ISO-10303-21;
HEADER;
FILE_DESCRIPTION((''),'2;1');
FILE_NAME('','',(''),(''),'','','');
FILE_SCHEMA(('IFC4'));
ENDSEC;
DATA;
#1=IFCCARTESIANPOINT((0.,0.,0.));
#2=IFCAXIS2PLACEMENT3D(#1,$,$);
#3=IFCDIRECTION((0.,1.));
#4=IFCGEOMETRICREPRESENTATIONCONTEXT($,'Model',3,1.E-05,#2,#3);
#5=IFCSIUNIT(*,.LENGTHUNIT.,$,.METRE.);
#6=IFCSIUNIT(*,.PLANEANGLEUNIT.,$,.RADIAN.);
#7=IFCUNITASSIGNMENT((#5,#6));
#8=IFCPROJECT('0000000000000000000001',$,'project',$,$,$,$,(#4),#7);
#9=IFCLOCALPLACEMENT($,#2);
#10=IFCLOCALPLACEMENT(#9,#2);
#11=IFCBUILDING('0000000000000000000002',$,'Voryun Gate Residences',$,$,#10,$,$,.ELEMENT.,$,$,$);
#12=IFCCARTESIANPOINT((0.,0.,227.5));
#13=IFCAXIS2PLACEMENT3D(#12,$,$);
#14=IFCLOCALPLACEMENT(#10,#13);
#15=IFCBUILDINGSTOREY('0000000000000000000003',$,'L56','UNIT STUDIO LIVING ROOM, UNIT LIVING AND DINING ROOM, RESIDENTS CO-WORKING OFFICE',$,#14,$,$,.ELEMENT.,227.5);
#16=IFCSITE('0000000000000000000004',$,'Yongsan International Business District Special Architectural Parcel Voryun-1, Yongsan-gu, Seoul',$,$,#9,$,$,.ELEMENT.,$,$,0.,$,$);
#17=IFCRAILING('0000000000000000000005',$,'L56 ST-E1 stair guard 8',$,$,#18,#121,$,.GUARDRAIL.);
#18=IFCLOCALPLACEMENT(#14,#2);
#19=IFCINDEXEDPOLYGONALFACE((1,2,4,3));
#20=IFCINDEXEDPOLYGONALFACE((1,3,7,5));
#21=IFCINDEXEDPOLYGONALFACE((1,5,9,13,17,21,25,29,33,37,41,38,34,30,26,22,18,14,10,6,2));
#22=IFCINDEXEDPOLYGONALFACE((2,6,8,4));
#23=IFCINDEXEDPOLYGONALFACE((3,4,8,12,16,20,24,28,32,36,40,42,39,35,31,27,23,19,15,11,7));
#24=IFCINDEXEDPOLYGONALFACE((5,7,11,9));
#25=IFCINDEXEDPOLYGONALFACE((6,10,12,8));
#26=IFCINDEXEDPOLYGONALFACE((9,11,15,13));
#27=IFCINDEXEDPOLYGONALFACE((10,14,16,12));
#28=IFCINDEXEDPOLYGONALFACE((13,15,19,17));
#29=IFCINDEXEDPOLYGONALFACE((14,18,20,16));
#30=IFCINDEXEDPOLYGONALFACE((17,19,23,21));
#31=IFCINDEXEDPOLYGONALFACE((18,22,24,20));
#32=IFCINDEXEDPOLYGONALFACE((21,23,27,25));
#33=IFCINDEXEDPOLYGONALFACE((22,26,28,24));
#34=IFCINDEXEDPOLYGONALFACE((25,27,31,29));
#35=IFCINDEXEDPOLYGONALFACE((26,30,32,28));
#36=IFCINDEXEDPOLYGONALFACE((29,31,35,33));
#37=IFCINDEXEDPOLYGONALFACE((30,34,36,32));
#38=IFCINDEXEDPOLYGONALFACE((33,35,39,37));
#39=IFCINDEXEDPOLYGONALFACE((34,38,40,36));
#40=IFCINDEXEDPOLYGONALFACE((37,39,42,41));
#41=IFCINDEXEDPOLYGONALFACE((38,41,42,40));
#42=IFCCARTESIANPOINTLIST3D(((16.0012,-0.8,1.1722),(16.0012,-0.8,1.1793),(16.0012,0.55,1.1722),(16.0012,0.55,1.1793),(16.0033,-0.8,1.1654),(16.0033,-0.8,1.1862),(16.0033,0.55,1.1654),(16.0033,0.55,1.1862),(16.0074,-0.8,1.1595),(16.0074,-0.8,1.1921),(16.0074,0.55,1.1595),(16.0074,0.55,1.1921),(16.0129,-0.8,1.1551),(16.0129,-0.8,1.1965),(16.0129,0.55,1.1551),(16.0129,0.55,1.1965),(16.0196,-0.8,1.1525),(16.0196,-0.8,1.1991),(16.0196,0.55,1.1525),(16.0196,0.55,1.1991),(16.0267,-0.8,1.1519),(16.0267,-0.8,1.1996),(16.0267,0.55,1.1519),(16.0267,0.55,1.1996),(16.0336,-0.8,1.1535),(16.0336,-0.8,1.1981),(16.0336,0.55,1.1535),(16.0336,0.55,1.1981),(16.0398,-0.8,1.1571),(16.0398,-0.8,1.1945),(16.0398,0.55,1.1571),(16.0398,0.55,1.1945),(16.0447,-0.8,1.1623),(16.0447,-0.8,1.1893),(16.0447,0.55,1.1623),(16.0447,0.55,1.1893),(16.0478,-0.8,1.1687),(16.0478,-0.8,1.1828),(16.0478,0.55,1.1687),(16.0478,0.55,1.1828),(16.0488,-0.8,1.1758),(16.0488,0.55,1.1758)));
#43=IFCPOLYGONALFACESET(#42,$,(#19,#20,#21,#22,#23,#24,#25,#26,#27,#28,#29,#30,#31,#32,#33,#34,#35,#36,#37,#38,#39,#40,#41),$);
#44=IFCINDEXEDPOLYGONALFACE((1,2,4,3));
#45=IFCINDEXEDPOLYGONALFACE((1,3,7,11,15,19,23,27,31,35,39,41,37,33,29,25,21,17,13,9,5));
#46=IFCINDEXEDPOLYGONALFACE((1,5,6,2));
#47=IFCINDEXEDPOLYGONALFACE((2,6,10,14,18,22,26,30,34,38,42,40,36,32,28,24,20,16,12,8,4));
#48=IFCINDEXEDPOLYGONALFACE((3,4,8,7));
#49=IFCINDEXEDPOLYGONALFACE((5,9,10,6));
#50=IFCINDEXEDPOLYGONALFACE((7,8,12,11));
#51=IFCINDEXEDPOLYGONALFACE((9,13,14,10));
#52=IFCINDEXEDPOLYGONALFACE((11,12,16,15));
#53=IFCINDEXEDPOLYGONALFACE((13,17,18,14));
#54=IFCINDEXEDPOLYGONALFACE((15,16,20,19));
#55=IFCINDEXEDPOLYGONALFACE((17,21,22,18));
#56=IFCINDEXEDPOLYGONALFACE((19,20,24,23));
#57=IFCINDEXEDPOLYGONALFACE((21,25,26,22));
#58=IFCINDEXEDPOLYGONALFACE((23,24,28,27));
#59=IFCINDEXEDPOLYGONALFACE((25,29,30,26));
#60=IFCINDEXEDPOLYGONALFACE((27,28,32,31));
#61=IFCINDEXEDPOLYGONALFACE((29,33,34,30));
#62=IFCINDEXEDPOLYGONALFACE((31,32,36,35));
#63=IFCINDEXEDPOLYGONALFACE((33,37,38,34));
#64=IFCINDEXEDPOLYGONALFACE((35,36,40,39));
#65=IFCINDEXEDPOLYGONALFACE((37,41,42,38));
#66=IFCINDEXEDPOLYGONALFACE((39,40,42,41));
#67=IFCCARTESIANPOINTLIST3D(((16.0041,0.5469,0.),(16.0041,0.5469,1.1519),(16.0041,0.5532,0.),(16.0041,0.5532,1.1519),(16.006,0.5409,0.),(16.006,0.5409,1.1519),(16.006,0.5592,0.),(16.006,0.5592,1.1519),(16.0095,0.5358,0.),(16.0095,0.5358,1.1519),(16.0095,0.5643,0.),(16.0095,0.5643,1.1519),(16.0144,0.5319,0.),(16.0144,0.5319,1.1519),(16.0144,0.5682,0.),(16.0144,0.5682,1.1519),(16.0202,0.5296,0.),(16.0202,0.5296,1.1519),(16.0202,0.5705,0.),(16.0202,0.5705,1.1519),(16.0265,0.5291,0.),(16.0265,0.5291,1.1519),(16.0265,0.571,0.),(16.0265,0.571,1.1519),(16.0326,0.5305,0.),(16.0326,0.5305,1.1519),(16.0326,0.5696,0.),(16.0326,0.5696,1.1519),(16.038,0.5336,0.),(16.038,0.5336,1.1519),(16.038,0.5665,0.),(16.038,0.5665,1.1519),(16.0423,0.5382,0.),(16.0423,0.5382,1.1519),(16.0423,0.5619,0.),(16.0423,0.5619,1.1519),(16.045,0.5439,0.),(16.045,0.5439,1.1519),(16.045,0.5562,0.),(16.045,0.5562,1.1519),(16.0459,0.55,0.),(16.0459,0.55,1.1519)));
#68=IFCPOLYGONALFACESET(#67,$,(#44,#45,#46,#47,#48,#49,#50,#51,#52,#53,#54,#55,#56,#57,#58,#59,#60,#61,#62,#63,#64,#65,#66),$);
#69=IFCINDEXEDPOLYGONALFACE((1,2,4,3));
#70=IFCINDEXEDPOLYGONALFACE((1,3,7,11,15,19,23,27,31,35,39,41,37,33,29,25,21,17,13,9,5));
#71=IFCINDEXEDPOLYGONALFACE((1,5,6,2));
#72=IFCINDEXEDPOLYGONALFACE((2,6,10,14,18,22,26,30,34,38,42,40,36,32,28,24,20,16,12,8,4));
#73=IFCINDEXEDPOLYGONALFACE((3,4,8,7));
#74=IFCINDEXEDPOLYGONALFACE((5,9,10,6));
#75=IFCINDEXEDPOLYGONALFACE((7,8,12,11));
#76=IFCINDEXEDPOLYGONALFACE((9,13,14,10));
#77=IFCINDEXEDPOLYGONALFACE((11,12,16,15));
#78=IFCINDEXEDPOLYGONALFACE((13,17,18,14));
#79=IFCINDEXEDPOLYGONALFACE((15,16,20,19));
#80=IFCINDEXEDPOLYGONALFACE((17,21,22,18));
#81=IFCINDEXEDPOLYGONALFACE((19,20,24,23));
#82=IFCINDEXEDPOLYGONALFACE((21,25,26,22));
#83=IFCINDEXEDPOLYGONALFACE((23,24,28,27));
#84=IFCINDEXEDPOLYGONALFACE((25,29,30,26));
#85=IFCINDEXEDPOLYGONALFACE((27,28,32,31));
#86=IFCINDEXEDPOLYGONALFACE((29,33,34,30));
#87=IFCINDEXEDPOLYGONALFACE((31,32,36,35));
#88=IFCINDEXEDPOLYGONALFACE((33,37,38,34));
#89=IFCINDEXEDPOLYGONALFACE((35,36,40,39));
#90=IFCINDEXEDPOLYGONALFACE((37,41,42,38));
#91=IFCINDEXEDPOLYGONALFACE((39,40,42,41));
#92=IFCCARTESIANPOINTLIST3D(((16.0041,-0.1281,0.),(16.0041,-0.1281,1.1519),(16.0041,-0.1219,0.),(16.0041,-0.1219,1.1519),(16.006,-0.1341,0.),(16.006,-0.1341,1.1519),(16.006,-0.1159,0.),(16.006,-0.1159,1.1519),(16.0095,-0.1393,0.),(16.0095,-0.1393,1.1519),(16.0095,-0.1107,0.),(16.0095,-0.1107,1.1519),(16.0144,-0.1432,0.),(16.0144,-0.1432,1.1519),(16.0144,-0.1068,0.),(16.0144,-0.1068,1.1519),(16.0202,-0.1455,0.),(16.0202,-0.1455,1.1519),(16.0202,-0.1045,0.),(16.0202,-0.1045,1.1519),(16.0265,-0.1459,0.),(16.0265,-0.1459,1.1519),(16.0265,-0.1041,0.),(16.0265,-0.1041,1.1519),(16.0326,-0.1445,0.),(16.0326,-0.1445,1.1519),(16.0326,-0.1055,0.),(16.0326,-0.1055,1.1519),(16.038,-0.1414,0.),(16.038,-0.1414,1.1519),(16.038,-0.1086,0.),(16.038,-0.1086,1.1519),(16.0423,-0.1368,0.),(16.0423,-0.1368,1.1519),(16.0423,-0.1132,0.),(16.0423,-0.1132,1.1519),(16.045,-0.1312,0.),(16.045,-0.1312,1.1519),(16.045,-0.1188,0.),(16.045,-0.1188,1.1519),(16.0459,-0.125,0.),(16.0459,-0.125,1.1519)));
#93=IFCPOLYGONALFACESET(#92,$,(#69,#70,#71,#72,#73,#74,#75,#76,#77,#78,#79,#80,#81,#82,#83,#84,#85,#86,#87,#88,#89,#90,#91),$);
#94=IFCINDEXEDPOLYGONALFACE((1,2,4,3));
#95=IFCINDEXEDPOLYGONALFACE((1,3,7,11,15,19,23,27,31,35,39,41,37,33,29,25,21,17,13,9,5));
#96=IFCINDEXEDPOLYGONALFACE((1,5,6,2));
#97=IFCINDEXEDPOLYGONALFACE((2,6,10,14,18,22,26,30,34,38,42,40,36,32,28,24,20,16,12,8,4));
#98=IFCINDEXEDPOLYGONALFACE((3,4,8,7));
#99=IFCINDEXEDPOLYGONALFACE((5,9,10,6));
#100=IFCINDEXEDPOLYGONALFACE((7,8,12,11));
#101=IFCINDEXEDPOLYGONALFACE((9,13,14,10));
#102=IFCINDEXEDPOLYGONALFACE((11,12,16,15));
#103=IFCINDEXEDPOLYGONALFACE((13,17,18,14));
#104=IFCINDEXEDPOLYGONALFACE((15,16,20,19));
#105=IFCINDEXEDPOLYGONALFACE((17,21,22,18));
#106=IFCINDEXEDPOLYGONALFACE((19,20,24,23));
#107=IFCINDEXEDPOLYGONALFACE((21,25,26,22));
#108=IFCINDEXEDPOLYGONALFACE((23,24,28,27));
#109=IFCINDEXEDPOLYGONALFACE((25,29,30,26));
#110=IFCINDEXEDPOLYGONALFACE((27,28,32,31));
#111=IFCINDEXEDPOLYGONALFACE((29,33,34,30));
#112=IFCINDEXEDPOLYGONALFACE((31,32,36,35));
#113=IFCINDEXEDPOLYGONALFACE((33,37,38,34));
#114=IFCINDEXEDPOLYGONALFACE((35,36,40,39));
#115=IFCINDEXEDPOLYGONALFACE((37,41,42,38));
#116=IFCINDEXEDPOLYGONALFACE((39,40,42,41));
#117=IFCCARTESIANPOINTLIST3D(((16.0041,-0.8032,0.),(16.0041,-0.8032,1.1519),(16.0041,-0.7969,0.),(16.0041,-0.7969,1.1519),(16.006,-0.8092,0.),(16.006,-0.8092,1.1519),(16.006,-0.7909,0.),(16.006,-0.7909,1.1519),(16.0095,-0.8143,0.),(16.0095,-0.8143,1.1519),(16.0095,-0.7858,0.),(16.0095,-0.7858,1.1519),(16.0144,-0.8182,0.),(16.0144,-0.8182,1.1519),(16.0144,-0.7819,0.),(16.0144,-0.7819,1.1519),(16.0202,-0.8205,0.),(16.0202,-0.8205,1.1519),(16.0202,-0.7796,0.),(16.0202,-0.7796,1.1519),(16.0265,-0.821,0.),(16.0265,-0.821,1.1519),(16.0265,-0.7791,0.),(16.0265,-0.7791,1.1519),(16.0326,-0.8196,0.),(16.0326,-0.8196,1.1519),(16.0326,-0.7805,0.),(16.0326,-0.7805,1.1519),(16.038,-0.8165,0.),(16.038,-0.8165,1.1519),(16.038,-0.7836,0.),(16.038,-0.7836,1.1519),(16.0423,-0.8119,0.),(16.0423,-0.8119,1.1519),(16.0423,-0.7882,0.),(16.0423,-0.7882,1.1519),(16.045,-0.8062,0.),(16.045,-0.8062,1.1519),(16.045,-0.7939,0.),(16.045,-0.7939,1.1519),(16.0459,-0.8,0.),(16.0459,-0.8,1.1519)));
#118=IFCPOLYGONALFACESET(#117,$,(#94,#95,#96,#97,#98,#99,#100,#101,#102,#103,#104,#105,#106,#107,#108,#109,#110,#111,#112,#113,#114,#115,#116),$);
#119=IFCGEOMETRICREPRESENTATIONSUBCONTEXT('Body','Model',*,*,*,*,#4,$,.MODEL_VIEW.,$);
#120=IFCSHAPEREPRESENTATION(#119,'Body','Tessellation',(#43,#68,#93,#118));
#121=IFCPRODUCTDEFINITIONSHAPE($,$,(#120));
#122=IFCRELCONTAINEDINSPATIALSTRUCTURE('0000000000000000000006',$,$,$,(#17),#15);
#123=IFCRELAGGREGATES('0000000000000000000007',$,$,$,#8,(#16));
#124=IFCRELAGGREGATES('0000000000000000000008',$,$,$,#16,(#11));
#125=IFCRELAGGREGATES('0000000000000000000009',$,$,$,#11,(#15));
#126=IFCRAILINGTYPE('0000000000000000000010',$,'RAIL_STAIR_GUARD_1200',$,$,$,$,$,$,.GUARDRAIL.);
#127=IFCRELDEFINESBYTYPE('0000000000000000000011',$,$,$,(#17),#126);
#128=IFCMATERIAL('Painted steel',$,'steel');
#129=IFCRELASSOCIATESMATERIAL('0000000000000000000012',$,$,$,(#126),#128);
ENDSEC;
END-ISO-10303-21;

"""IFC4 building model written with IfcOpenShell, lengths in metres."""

from ifc_helpers import new_model, si_unit, direction, frame, origin, origin_2d, place, context, subcontext, project, spatial, circle, extrude, material, type_object, element, save


model = new_model("IFC4")

# Units and contexts
model_context = context("Model", 3, precision=1e-05, world=origin(), true_north=direction((0.0, 1.0)))
body_context = subcontext(model_context, "Body", "Model", "MODEL_VIEW")
ifc_project = project(units=[si_unit("LENGTHUNIT", "METRE"), si_unit("PLANEANGLEUNIT", "RADIAN")], contexts=[model_context])

# Site, building, storey
site_placement = place(None, origin())
site = spatial("IfcSite", under=ifc_project, at=site_placement, Name="Yongsan International Business District Special Architectural Parcel Voryun-1, Yongsan-gu, Seoul", CompositionType="ELEMENT", RefElevation=0.0)
building_placement = place(site_placement, origin())
building = spatial("IfcBuilding", under=site, at=building_placement, Name="Voryun Gate Residences", CompositionType="ELEMENT")
storey_placement = place(building_placement, frame((0.0, 0.0, 227.5)))
storey = spatial("IfcBuildingStorey", under=building, at=storey_placement, Name="L56", Description="UNIT STUDIO LIVING ROOM, UNIT LIVING AND DINING ROOM, RESIDENTS CO-WORKING OFFICE", CompositionType="ELEMENT", Elevation=227.5)

# Railing
ifc_material_1 = material(Name="Painted steel", Category="steel")
railing_type = type_object("IfcRailingType", Name="RAIL_STAIR_GUARD_1200", PredefinedType="GUARDRAIL", material=ifc_material_1)
railing_placement = place(storey_placement, frame((16.0249, 0.55, 0.0)))
element("IfcRailing", 1, at=railing_placement, inside=storey, type_object=railing_type, Name="L56 ST-E1 stair guard 8", PredefinedType="GUARDRAIL", context=body_context, shape_type="SweptSolid", body=[
    extrude(circle(Radius=0.0239, at=origin_2d()), frame((0.0, 0.0, 1.1758), z_axis=(0.0, -1.0, 0.0), x_axis=(1.0, 0.0, 0.0)), (0.0, 0.0, 1.0), 1.3501),
    extrude(circle(Radius=0.021, at=origin_2d()), origin(), (0.0, 0.0, 1.0), 1.1519),
    extrude(circle(Radius=0.021, at=origin_2d()), frame((0.0, -0.675, 0.0)), (0.0, 0.0, 1.0), 1.1519),
    extrude(circle(Radius=0.021, at=origin_2d()), frame((0.0, -1.3501, 0.0)), (0.0, 0.0, 1.0), 1.1519),
])

save(model, "model.ifc")
